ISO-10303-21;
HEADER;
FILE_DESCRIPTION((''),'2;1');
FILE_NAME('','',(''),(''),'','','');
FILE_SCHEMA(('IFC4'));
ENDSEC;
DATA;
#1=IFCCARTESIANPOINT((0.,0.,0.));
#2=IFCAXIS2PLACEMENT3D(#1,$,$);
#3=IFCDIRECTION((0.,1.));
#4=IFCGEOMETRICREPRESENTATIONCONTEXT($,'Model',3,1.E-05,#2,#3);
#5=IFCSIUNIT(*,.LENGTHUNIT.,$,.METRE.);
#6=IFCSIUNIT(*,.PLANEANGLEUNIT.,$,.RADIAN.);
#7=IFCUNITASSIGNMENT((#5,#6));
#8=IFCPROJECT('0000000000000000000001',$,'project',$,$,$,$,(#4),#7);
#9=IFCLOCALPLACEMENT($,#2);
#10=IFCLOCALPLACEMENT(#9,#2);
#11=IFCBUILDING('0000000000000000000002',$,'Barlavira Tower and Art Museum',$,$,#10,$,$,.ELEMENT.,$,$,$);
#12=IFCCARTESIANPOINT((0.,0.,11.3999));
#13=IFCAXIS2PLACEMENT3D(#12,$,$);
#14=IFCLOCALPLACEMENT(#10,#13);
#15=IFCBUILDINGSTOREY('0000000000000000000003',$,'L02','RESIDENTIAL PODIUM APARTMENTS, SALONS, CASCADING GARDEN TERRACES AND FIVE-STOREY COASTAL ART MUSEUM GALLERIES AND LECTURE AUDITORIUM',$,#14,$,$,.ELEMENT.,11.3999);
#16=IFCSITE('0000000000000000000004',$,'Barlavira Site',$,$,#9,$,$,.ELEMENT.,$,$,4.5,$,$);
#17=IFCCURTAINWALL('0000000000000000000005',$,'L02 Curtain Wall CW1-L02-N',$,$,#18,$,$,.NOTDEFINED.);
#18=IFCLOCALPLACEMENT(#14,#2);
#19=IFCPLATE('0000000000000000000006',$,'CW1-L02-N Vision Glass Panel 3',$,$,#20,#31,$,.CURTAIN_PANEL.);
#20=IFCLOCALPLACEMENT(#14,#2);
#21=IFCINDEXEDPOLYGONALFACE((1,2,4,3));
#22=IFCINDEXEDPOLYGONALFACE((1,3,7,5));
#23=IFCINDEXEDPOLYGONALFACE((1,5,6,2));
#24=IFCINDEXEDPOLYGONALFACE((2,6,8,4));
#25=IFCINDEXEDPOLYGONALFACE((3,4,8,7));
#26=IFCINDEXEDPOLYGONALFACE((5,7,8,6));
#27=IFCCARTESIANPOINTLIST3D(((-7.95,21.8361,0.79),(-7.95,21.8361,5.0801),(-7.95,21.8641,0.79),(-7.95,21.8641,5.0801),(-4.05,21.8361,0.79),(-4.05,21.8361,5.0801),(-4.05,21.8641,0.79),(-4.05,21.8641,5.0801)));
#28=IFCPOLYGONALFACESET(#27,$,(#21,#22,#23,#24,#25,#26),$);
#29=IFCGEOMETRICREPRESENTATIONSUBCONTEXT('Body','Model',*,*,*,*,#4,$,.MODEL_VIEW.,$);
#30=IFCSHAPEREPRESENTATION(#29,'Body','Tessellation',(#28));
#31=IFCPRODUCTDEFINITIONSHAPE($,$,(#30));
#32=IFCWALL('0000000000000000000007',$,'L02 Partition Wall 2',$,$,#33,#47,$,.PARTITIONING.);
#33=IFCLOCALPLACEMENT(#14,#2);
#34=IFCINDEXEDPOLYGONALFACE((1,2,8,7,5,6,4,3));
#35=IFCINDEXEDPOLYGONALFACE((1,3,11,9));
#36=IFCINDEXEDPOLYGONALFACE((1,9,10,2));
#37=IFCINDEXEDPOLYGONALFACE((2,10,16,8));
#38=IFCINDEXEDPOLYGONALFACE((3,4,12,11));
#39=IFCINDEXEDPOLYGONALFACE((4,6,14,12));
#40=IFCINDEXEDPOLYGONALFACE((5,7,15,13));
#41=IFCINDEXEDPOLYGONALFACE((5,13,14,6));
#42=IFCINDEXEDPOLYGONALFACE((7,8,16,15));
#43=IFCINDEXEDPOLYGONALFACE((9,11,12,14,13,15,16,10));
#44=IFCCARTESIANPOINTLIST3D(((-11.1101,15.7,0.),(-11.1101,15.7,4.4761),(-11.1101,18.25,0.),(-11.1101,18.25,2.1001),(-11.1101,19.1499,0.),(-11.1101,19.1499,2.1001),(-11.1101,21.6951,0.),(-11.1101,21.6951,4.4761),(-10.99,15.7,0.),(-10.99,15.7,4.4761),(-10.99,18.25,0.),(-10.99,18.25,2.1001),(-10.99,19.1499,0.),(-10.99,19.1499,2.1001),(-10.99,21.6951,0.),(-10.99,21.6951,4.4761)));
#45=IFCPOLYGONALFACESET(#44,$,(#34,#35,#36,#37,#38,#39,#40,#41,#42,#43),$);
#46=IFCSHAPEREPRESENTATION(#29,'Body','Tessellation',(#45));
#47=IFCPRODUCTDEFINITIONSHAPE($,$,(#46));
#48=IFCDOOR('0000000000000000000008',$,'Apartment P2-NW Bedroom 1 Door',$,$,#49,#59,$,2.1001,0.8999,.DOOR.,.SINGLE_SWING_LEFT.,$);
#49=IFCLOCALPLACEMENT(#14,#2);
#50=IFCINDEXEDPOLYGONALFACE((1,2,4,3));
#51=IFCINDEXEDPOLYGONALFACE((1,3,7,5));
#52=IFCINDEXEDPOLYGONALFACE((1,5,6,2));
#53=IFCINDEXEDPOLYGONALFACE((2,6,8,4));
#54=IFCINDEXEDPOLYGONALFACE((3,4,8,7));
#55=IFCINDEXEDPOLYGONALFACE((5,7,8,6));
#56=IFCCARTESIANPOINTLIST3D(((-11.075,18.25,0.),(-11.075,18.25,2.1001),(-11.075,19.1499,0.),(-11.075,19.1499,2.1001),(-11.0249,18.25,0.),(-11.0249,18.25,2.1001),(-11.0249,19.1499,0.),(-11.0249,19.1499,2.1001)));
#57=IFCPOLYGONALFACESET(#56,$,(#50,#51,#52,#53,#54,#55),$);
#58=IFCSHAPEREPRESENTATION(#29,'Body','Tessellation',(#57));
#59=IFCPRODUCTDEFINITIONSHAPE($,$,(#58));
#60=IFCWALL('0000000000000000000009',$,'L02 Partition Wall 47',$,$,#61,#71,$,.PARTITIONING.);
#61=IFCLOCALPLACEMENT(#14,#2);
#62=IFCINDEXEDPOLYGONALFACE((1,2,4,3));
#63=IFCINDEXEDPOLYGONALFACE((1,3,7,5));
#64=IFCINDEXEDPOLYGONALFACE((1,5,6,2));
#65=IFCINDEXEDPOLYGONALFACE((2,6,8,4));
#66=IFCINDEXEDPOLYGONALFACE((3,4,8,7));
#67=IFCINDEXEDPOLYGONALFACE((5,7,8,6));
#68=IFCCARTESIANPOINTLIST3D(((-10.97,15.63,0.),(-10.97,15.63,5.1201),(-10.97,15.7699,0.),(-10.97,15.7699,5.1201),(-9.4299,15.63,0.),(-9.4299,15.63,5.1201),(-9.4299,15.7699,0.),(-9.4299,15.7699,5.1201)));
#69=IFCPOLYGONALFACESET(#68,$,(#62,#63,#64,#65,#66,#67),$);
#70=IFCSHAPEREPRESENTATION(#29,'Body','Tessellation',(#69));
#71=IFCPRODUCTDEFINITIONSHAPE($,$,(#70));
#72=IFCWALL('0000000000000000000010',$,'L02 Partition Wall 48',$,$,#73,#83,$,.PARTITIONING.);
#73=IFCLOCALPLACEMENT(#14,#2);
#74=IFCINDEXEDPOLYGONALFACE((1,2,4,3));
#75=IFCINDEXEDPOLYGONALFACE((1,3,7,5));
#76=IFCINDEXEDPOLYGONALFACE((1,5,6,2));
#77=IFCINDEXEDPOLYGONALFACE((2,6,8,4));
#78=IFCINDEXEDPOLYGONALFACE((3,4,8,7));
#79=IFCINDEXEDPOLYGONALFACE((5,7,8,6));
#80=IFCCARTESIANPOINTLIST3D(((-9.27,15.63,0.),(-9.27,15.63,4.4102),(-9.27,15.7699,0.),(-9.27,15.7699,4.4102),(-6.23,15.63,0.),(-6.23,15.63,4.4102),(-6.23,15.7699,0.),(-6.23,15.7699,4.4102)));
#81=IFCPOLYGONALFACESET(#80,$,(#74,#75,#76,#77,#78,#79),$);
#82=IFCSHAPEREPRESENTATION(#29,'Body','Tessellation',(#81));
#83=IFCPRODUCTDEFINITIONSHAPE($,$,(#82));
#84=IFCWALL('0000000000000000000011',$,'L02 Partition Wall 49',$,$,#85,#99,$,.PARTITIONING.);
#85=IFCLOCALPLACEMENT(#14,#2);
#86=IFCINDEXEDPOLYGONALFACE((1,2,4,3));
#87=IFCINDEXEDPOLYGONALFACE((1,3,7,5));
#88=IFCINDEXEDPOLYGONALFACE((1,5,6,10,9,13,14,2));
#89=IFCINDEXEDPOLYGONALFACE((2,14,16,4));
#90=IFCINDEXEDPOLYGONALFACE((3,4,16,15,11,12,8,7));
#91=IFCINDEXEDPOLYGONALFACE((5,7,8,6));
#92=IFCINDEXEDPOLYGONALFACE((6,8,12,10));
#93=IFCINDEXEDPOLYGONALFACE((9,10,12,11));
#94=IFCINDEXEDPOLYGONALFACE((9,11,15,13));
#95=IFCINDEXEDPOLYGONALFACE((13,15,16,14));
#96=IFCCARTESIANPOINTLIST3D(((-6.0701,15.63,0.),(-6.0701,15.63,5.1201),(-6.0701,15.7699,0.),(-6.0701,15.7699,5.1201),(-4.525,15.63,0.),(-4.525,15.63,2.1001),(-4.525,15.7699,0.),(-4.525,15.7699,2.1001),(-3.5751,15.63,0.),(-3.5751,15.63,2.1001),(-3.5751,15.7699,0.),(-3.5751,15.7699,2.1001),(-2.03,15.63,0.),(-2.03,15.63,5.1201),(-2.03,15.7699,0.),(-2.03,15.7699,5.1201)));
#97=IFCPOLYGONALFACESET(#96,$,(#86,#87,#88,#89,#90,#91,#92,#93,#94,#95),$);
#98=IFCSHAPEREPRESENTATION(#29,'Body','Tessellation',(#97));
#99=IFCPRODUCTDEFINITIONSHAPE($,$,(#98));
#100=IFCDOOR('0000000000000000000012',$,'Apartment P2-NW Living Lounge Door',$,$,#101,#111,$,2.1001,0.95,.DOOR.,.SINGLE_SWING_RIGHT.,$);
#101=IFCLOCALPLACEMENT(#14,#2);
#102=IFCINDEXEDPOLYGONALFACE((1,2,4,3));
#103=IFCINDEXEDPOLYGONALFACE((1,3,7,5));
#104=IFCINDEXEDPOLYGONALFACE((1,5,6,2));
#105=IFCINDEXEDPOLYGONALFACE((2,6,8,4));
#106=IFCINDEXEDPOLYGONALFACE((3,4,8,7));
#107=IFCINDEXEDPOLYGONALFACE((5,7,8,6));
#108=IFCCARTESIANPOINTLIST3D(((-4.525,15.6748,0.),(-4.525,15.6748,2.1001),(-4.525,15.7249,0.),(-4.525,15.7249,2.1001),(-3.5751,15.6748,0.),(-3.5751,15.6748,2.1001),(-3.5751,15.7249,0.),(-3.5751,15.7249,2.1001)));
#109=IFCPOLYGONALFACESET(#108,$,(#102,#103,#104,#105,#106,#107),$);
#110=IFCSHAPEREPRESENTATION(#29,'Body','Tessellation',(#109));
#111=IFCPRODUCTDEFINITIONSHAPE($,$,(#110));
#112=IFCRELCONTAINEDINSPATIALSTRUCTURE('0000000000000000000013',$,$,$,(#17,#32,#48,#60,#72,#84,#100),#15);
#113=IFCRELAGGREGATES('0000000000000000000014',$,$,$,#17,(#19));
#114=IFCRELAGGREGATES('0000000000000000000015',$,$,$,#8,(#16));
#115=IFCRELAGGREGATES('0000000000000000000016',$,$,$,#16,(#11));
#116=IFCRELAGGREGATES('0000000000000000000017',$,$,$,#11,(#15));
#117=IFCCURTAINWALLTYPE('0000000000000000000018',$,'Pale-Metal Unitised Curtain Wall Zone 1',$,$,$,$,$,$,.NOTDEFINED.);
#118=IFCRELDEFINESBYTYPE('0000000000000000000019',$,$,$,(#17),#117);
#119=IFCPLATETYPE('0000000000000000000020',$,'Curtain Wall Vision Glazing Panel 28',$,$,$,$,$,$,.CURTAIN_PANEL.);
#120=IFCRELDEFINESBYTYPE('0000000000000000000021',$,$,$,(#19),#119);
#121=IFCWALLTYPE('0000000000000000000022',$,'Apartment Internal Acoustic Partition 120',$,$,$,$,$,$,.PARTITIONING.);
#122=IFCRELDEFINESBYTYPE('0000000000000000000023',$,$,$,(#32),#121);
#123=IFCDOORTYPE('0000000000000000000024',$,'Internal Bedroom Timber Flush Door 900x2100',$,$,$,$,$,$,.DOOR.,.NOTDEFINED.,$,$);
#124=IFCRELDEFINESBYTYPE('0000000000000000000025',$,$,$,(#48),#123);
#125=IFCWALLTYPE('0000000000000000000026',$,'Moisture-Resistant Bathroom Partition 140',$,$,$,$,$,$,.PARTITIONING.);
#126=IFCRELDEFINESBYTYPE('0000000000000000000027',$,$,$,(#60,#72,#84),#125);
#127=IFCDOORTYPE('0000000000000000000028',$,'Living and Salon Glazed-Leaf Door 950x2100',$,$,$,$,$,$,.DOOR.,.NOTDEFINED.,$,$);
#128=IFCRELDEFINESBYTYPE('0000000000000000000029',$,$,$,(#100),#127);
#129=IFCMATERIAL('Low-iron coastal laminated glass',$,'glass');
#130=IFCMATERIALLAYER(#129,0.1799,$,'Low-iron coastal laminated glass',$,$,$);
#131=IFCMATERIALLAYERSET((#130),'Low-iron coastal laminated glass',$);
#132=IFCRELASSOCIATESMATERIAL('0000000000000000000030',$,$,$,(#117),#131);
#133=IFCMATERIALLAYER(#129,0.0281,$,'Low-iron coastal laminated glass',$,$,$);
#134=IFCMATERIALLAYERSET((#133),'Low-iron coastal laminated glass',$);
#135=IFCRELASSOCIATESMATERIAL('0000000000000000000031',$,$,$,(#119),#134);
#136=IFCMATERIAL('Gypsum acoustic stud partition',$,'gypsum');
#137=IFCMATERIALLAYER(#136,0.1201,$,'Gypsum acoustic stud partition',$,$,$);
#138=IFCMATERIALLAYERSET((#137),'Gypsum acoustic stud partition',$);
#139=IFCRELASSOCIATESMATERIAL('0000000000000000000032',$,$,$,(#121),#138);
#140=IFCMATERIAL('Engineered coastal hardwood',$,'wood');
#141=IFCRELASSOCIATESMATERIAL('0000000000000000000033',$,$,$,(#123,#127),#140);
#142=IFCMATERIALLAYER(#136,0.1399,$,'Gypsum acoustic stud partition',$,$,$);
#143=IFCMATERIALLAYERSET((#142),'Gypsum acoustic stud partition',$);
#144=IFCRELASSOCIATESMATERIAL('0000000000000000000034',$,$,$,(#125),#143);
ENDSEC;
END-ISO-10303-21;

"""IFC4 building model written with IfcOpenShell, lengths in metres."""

from ifc_helpers import new_model, si_unit, direction, frame, frame_2d, origin, origin_2d, place, context, subcontext, project, spatial, rectangle, extrude, material, layer, layer_set, type_object, element, fill, aggregate, save


model = new_model("IFC4")

# Units and contexts
model_context = context("Model", 3, precision=1e-05, world=origin(), true_north=direction((0.0, 1.0)))
body_context = subcontext(model_context, "Body", "Model", "MODEL_VIEW")
ifc_project = project(units=[si_unit("LENGTHUNIT", "METRE"), si_unit("PLANEANGLEUNIT", "RADIAN")], contexts=[model_context])

# Site, building, storey
site_placement = place(None, origin())
site = spatial("IfcSite", under=ifc_project, at=site_placement, Name="Barlavira Site", CompositionType="ELEMENT", RefElevation=4.5)
building_placement = place(site_placement, origin())
building = spatial("IfcBuilding", under=site, at=building_placement, Name="Barlavira Tower and Art Museum", CompositionType="ELEMENT")
storey_placement = place(building_placement, frame((0.0, 0.0, 11.3999)))
storey = spatial("IfcBuildingStorey", under=building, at=storey_placement, Name="L02", Description="RESIDENTIAL PODIUM APARTMENTS, SALONS, CASCADING GARDEN TERRACES AND FIVE-STOREY COASTAL ART MUSEUM GALLERIES AND LECTURE AUDITORIUM", CompositionType="ELEMENT", Elevation=11.3999)

# Curtain wall
ifc_material_1 = material(Name="Low-iron coastal laminated glass", Category="glass")
ifc_layer_1 = layer(ifc_material_1, 0.1799, Name="Low-iron coastal laminated glass")
ifc_layer_set_1 = layer_set([ifc_layer_1], Name="Low-iron coastal laminated glass")
curtain_wall_type = type_object("IfcCurtainWallType", Name="Pale-Metal Unitised Curtain Wall Zone 1", PredefinedType="NOTDEFINED", material=ifc_layer_set_1)
curtain_wall_placement = place(storey_placement, origin())
curtain_wall = element("IfcCurtainWall", 1, at=curtain_wall_placement, inside=storey, type_object=curtain_wall_type, Name="L02 Curtain Wall CW1-L02-N", PredefinedType="NOTDEFINED")

# Plate
ifc_layer_2 = layer(ifc_material_1, 0.0281, Name="Low-iron coastal laminated glass")
ifc_layer_set_2 = layer_set([ifc_layer_2], Name="Low-iron coastal laminated glass")
plate_type_1 = type_object("IfcPlateType", Name="Curtain Wall Vision Glazing Panel 28", PredefinedType="CURTAIN_PANEL", material=ifc_layer_set_2)
plate_1_placement = place(storey_placement, frame((-6.0, 21.8501, 0.79), z_axis=(0.0, 0.0, 1.0), x_axis=(-1.0, 0.0, 0.0)))
plate_1 = element("IfcPlate", 2, at=plate_1_placement, type_object=plate_type_1, Name="CW1-L02-N Vision Glass Panel 3", PredefinedType="CURTAIN_PANEL", context=body_context, shape_type="SweptSolid", body=[
    extrude(rectangle(XDim=3.8999, YDim=0.0281, at=origin_2d()), origin(), (0.0, 0.0, 1.0), 4.29),
])
aggregate(curtain_wall, [plate_1])

# Wall, opening, door
ifc_material_2 = material(Name="Gypsum acoustic stud partition", Category="gypsum")
ifc_layer_3 = layer(ifc_material_2, 0.1201, Name="Gypsum acoustic stud partition")
ifc_layer_set_3 = layer_set([ifc_layer_3], Name="Gypsum acoustic stud partition")
wall_type_1 = type_object("IfcWallType", Name="Apartment Internal Acoustic Partition 120", PredefinedType="PARTITIONING", material=ifc_layer_set_3)
wall_1_placement = place(storey_placement, frame((-11.05, 15.7, 0.0), z_axis=(0.0, 0.0, 1.0), x_axis=(0.0, 1.0, 0.0)))
wall_1 = element("IfcWall", 3, at=wall_1_placement, inside=storey, type_object=wall_type_1, Name="L02 Partition Wall 2", PredefinedType="PARTITIONING", context=body_context, shape_type="SweptSolid", body=[
    extrude(rectangle(XDim=5.9951, YDim=0.1201, at=frame_2d((2.9976, 0.0))), origin(), (0.0, 0.0, 1.0), 4.4761),
])
opening_1_placement = place(wall_1_placement, frame((2.55, 0.0, 0.0)))
opening_1 = element("IfcOpeningElement", 4, at=opening_1_placement, cuts=wall_1, PredefinedType="OPENING", context=body_context, shape_type="SweptSolid", body=[
    extrude(rectangle(XDim=0.8999, YDim=2.1001, at=frame_2d((0.45, 1.05))), frame((0.0, 0.0701, 0.0), z_axis=(0.0, -1.0, 0.0), x_axis=(1.0, 0.0, 0.0)), (0.0, 0.0, 1.0), 0.1401),
])
ifc_material_3 = material(Name="Engineered coastal hardwood", Category="wood")
door_type_1 = type_object("IfcDoorType", Name="Internal Bedroom Timber Flush Door 900x2100", OperationType="NOTDEFINED", PredefinedType="DOOR", material=ifc_material_3)
door_1_placement = place(opening_1_placement, origin())
door_1 = element("IfcDoor", 5, at=door_1_placement, inside=storey, type_object=door_type_1, Name="Apartment P2-NW Bedroom 1 Door", OperationType="SINGLE_SWING_LEFT", OverallHeight=2.1001, OverallWidth=0.8999, PredefinedType="DOOR", context=body_context, shape_type="SweptSolid", body=[
    extrude(rectangle(XDim=0.8999, YDim=2.1001, at=frame_2d((0.45, 1.05))), frame((0.0, 0.0249, 0.0), z_axis=(0.0, -1.0, 0.0), x_axis=(1.0, 0.0, 0.0)), (0.0, 0.0, 1.0), 0.05),
])
fill(opening_1, door_1)

# Walls
ifc_layer_4 = layer(ifc_material_2, 0.1399, Name="Gypsum acoustic stud partition")
ifc_layer_set_4 = layer_set([ifc_layer_4], Name="Gypsum acoustic stud partition")
wall_type_2 = type_object("IfcWallType", Name="Moisture-Resistant Bathroom Partition 140", PredefinedType="PARTITIONING", material=ifc_layer_set_4)
wall_2_placement = place(storey_placement, frame((-10.97, 15.7, 0.0), z_axis=(0.0, 0.0, 1.0), x_axis=(1.0, 0.0, 0.0)))
element("IfcWall", 6, at=wall_2_placement, inside=storey, type_object=wall_type_2, Name="L02 Partition Wall 47", PredefinedType="PARTITIONING", context=body_context, shape_type="SweptSolid", body=[
    extrude(rectangle(XDim=1.54, YDim=0.1399, at=frame_2d((0.77, 0.0))), origin(), (0.0, 0.0, 1.0), 5.1201),
])
wall_3_placement = place(storey_placement, frame((-9.27, 15.7, 0.0), z_axis=(0.0, 0.0, 1.0), x_axis=(1.0, 0.0, 0.0)))
element("IfcWall", 7, at=wall_3_placement, inside=storey, type_object=wall_type_2, Name="L02 Partition Wall 48", PredefinedType="PARTITIONING", context=body_context, shape_type="SweptSolid", body=[
    extrude(rectangle(XDim=3.04, YDim=0.1399, at=frame_2d((1.52, 0.0))), origin(), (0.0, 0.0, 1.0), 4.4102),
])

# Wall, opening, door
wall_4_placement = place(storey_placement, frame((-6.0701, 15.7, 0.0), z_axis=(0.0, 0.0, 1.0), x_axis=(1.0, 0.0, 0.0)))
wall_4 = element("IfcWall", 8, at=wall_4_placement, inside=storey, type_object=wall_type_2, Name="L02 Partition Wall 49", PredefinedType="PARTITIONING", context=body_context, shape_type="SweptSolid", body=[
    extrude(rectangle(XDim=4.04, YDim=0.1399, at=frame_2d((2.02, 0.0))), origin(), (0.0, 0.0, 1.0), 5.1201),
])
opening_2_placement = place(wall_4_placement, frame((1.5449, 0.0, 0.0)))
opening_2 = element("IfcOpeningElement", 9, at=opening_2_placement, cuts=wall_4, PredefinedType="OPENING", context=body_context, shape_type="SweptSolid", body=[
    extrude(rectangle(XDim=0.95, YDim=2.1001, at=frame_2d((0.4751, 1.05))), frame((0.0, 0.0801, 0.0), z_axis=(0.0, -1.0, 0.0), x_axis=(1.0, 0.0, 0.0)), (0.0, 0.0, 1.0), 0.1599),
])
door_type_2 = type_object("IfcDoorType", Name="Living and Salon Glazed-Leaf Door 950x2100", OperationType="NOTDEFINED", PredefinedType="DOOR", material=ifc_material_3)
door_2_placement = place(opening_2_placement, origin())
door_2 = element("IfcDoor", 10, at=door_2_placement, inside=storey, type_object=door_type_2, Name="Apartment P2-NW Living Lounge Door", OperationType="SINGLE_SWING_RIGHT", OverallHeight=2.1001, OverallWidth=0.95, PredefinedType="DOOR", context=body_context, shape_type="SweptSolid", body=[
    extrude(rectangle(XDim=0.95, YDim=2.1001, at=frame_2d((0.4751, 1.05))), frame((0.0, 0.0249, 0.0), z_axis=(0.0, -1.0, 0.0), x_axis=(1.0, 0.0, 0.0)), (0.0, 0.0, 1.0), 0.05),
])
fill(opening_2, door_2)

save(model, "model.ifc")
